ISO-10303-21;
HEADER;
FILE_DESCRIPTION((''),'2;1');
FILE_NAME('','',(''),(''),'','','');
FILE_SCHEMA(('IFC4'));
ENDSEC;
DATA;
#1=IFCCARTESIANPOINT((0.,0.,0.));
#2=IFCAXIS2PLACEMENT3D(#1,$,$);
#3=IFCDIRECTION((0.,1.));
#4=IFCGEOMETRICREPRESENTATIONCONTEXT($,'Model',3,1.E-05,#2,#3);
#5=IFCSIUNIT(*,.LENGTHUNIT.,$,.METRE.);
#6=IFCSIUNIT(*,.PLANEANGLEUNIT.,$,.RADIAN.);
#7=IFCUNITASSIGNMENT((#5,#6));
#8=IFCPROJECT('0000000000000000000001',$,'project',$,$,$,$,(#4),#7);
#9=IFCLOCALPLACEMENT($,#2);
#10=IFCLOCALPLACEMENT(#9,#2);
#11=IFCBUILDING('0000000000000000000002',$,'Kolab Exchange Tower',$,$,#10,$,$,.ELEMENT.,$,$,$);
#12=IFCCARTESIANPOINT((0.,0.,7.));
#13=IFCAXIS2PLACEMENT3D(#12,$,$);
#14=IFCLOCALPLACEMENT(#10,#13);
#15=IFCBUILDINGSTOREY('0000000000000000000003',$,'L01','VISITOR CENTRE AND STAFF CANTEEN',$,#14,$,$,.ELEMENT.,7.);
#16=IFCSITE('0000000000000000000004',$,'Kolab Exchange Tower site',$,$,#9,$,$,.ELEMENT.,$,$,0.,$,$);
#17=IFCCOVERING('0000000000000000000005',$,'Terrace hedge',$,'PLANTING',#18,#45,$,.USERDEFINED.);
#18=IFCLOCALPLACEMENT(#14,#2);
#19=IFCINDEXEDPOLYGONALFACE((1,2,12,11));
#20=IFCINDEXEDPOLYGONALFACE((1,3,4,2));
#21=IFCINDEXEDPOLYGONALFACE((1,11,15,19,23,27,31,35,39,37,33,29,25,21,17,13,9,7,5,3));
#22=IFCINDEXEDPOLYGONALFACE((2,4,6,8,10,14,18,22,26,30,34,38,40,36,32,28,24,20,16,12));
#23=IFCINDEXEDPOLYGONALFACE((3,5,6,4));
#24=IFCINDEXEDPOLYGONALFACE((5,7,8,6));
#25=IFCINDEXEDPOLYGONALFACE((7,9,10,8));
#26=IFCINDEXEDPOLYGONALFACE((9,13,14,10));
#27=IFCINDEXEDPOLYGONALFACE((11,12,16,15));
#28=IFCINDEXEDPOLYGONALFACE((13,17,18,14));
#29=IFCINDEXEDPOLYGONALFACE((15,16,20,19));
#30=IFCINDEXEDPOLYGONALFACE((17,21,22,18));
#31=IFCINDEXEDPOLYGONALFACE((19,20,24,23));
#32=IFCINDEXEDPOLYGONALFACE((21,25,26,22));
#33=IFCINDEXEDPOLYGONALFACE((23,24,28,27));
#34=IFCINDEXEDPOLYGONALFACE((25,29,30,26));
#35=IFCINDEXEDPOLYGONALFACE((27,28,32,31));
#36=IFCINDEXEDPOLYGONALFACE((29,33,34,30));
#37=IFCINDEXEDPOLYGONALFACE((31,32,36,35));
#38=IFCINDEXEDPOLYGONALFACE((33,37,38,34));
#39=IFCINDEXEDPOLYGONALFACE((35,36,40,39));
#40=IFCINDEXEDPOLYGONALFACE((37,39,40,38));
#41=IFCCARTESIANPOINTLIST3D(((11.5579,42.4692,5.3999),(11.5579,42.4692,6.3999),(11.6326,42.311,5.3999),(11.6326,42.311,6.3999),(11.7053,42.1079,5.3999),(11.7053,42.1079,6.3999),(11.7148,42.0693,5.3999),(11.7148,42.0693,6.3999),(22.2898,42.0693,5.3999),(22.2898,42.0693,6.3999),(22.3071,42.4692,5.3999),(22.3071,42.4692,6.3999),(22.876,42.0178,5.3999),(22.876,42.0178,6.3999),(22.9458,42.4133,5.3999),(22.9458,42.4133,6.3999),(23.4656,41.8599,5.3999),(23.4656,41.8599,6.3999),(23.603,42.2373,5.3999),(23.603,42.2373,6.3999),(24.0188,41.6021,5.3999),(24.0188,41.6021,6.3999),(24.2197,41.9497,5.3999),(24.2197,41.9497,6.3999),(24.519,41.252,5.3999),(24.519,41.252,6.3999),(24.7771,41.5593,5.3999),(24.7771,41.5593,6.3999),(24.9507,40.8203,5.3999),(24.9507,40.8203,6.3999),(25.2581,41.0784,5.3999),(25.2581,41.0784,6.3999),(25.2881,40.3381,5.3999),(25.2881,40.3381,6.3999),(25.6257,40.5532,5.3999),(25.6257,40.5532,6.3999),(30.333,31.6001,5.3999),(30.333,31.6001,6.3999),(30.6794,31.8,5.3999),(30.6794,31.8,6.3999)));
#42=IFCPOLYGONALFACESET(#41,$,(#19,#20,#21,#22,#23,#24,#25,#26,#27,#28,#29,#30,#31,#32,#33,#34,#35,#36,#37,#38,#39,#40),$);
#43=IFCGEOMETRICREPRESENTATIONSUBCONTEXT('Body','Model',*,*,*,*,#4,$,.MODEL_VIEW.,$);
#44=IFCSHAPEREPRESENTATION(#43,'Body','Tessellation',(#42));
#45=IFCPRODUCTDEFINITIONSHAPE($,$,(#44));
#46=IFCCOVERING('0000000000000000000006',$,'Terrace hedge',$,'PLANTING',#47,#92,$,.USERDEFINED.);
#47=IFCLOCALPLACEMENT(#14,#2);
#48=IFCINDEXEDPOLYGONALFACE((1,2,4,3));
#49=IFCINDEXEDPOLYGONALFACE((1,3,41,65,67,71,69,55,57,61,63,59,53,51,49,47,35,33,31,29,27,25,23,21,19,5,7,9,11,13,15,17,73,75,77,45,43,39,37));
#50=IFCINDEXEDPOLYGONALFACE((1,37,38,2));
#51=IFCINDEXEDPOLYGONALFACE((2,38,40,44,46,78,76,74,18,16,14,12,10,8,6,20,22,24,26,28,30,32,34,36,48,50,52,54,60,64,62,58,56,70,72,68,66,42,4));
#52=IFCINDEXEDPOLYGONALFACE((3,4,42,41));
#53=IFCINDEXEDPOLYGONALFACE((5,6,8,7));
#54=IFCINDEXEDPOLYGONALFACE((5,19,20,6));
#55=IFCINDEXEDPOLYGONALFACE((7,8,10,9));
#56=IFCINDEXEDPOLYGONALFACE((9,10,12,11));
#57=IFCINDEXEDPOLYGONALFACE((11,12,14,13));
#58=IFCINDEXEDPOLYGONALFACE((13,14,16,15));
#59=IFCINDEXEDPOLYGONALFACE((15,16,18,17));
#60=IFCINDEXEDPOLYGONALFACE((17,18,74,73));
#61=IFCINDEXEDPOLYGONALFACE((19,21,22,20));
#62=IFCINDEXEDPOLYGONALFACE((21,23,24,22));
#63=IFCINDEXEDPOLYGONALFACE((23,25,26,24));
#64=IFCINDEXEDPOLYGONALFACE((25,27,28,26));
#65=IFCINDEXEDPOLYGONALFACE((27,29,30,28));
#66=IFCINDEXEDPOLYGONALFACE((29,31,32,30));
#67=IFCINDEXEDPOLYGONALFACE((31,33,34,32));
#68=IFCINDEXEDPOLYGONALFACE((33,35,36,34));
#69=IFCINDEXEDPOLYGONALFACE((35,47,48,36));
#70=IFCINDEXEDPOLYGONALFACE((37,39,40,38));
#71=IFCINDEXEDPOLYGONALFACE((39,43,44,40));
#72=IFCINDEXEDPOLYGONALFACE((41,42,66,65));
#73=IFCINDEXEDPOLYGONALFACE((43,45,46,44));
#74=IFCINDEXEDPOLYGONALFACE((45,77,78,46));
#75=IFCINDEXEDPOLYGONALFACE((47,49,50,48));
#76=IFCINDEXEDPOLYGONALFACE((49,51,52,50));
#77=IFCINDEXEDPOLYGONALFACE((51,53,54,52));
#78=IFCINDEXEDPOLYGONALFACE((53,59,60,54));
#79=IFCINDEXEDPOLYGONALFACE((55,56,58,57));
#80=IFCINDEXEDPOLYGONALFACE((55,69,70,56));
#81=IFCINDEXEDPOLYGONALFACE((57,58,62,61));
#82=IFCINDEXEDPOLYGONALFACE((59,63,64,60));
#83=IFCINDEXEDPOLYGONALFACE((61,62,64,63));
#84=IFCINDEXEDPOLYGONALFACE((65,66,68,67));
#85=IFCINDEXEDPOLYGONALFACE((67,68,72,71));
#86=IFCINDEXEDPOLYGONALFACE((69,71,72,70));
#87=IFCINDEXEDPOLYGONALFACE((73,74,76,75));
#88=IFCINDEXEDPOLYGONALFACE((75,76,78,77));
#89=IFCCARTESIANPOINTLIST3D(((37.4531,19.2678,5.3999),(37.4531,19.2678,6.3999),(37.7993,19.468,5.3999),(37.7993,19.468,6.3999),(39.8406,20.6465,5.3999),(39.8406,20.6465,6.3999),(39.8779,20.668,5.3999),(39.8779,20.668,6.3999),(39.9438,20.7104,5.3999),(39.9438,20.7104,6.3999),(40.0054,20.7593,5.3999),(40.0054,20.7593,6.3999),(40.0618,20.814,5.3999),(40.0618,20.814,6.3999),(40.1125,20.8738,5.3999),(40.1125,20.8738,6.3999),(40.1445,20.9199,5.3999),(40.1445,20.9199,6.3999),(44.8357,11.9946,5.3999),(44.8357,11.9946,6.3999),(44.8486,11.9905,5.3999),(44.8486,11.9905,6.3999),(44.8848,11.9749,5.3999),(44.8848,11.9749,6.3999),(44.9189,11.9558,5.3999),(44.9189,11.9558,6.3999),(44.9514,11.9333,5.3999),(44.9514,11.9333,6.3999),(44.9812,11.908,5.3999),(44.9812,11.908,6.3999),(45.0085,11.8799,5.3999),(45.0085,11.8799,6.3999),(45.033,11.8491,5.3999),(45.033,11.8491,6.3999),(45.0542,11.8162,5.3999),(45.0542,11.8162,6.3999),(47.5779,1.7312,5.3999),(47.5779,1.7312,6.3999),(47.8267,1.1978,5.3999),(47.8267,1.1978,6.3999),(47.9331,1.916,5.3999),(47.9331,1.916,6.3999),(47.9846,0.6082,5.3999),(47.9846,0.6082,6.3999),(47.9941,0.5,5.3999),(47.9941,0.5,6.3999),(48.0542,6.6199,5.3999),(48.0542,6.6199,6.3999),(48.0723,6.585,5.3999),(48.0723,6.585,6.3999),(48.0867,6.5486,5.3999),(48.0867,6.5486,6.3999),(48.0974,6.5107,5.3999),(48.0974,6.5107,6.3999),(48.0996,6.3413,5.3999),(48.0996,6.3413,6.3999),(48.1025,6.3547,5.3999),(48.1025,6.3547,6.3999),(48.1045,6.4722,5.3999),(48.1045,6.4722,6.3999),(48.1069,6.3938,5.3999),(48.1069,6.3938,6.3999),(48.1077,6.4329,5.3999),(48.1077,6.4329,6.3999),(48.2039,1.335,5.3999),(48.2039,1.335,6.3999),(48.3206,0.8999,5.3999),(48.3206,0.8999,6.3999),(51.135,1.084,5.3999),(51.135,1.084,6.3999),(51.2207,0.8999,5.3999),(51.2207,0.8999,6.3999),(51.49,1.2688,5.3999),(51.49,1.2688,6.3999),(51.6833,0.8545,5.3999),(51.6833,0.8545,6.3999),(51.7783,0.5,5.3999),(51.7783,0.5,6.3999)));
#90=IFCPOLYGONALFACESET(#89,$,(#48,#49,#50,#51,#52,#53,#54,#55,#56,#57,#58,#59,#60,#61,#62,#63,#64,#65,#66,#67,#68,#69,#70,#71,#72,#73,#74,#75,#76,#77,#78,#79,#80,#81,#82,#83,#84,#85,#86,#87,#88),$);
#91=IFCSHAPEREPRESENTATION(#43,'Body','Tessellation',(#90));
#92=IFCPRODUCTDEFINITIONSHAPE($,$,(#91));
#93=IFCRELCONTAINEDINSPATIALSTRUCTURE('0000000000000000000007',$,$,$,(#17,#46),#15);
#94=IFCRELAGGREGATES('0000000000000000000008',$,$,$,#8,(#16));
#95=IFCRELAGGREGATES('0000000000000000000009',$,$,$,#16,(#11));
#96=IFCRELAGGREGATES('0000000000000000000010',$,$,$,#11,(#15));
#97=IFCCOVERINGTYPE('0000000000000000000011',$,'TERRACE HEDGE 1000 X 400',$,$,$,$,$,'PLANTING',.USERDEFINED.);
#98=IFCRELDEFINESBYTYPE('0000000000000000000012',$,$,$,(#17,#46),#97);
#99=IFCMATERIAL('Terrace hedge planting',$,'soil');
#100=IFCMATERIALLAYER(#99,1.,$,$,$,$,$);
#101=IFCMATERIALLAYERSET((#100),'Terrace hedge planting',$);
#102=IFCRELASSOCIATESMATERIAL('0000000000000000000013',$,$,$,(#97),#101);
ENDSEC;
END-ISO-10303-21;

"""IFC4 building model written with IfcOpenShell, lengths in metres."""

from ifc_helpers import new_model, si_unit, direction, frame, origin, place, context, subcontext, project, spatial, polyline, outline, extrude, material, layer, layer_set, type_object, element, save


model = new_model("IFC4")

# Units and contexts
model_context = context("Model", 3, precision=1e-05, world=origin(), true_north=direction((0.0, 1.0)))
body_context = subcontext(model_context, "Body", "Model", "MODEL_VIEW")
ifc_project = project(units=[si_unit("LENGTHUNIT", "METRE"), si_unit("PLANEANGLEUNIT", "RADIAN")], contexts=[model_context])

# Site, building, storey
site_placement = place(None, origin())
site = spatial("IfcSite", under=ifc_project, at=site_placement, Name="Kolab Exchange Tower site", CompositionType="ELEMENT", RefElevation=0.0)
building_placement = place(site_placement, origin())
building = spatial("IfcBuilding", under=site, at=building_placement, Name="Kolab Exchange Tower", CompositionType="ELEMENT")
storey_placement = place(building_placement, frame((0.0, 0.0, 7.0)))
storey = spatial("IfcBuildingStorey", under=building, at=storey_placement, Name="L01", Description="VISITOR CENTRE AND STAFF CANTEEN", CompositionType="ELEMENT", Elevation=7.0)

# Coverings
ifc_material_1 = material(Name="Terrace hedge planting", Category="soil")
ifc_layer_1 = layer(ifc_material_1, 1.0)
ifc_layer_set_1 = layer_set([ifc_layer_1], Name="Terrace hedge planting")
covering_type_1 = type_object("IfcCoveringType", Name="TERRACE HEDGE 1000 X 400", ElementType="PLANTING", PredefinedType="USERDEFINED", material=ifc_layer_set_1)
covering_1_placement = place(storey_placement, frame((0.0, 0.0, 5.3999)))
element("IfcCovering", 1, at=covering_1_placement, inside=storey, type_object=covering_type_1, Name="Terrace hedge", ObjectType="PLANTING", PredefinedType="USERDEFINED", context=body_context, shape_type="SweptSolid", body=[
    extrude(outline(polyline([(25.2881, 40.3381), (24.9507, 40.8203), (24.519, 41.252), (24.0188, 41.6021), (23.4656, 41.8599), (22.876, 42.0178), (22.2898, 42.0693), (11.7148, 42.0693), (11.7053, 42.1079), (11.6326, 42.311), (11.5579, 42.4692), (22.3071, 42.4692), (22.9458, 42.4133), (23.603, 42.2373), (24.2197, 41.9497), (24.7771, 41.5593), (25.2581, 41.0784), (25.6257, 40.5532), (30.6794, 31.8), (30.333, 31.6001), (25.2881, 40.3381)])), origin(), (0.0, 0.0, 1.0), 1.0),
])
covering_2_placement = place(storey_placement, frame((0.0, 0.0, 5.3999)))
element("IfcCovering", 2, at=covering_2_placement, inside=storey, type_object=covering_type_1, Name="Terrace hedge", ObjectType="PLANTING", PredefinedType="USERDEFINED", context=body_context, shape_type="SweptSolid", body=[
    extrude(outline(polyline([(51.49, 1.2688), (51.6833, 0.8545), (51.7783, 0.5), (47.9941, 0.5), (47.9846, 0.6082), (47.8267, 1.1978), (47.5779, 1.7312), (37.4531, 19.2678), (37.7993, 19.468), (47.9331, 1.916), (48.2039, 1.335), (48.3206, 0.8999), (51.2207, 0.8999), (51.135, 1.084), (48.0996, 6.3413), (48.1025, 6.3547), (48.1069, 6.3938), (48.1077, 6.4329), (48.1045, 6.4722), (48.0974, 6.5107), (48.0867, 6.5486), (48.0723, 6.585), (48.0542, 6.6199), (45.0542, 11.8162), (45.033, 11.8491), (45.0085, 11.8799), (44.9812, 11.908), (44.9514, 11.9333), (44.9189, 11.9558), (44.8848, 11.9749), (44.8486, 11.9905), (44.8357, 11.9946), (39.8406, 20.6465), (39.8779, 20.668), (39.9438, 20.7104), (40.0054, 20.7593), (40.0618, 20.814), (40.1125, 20.8738), (40.1445, 20.9199), (51.49, 1.2688)])), origin(), (0.0, 0.0, 1.0), 1.0),
])

save(model, "model.ifc")
